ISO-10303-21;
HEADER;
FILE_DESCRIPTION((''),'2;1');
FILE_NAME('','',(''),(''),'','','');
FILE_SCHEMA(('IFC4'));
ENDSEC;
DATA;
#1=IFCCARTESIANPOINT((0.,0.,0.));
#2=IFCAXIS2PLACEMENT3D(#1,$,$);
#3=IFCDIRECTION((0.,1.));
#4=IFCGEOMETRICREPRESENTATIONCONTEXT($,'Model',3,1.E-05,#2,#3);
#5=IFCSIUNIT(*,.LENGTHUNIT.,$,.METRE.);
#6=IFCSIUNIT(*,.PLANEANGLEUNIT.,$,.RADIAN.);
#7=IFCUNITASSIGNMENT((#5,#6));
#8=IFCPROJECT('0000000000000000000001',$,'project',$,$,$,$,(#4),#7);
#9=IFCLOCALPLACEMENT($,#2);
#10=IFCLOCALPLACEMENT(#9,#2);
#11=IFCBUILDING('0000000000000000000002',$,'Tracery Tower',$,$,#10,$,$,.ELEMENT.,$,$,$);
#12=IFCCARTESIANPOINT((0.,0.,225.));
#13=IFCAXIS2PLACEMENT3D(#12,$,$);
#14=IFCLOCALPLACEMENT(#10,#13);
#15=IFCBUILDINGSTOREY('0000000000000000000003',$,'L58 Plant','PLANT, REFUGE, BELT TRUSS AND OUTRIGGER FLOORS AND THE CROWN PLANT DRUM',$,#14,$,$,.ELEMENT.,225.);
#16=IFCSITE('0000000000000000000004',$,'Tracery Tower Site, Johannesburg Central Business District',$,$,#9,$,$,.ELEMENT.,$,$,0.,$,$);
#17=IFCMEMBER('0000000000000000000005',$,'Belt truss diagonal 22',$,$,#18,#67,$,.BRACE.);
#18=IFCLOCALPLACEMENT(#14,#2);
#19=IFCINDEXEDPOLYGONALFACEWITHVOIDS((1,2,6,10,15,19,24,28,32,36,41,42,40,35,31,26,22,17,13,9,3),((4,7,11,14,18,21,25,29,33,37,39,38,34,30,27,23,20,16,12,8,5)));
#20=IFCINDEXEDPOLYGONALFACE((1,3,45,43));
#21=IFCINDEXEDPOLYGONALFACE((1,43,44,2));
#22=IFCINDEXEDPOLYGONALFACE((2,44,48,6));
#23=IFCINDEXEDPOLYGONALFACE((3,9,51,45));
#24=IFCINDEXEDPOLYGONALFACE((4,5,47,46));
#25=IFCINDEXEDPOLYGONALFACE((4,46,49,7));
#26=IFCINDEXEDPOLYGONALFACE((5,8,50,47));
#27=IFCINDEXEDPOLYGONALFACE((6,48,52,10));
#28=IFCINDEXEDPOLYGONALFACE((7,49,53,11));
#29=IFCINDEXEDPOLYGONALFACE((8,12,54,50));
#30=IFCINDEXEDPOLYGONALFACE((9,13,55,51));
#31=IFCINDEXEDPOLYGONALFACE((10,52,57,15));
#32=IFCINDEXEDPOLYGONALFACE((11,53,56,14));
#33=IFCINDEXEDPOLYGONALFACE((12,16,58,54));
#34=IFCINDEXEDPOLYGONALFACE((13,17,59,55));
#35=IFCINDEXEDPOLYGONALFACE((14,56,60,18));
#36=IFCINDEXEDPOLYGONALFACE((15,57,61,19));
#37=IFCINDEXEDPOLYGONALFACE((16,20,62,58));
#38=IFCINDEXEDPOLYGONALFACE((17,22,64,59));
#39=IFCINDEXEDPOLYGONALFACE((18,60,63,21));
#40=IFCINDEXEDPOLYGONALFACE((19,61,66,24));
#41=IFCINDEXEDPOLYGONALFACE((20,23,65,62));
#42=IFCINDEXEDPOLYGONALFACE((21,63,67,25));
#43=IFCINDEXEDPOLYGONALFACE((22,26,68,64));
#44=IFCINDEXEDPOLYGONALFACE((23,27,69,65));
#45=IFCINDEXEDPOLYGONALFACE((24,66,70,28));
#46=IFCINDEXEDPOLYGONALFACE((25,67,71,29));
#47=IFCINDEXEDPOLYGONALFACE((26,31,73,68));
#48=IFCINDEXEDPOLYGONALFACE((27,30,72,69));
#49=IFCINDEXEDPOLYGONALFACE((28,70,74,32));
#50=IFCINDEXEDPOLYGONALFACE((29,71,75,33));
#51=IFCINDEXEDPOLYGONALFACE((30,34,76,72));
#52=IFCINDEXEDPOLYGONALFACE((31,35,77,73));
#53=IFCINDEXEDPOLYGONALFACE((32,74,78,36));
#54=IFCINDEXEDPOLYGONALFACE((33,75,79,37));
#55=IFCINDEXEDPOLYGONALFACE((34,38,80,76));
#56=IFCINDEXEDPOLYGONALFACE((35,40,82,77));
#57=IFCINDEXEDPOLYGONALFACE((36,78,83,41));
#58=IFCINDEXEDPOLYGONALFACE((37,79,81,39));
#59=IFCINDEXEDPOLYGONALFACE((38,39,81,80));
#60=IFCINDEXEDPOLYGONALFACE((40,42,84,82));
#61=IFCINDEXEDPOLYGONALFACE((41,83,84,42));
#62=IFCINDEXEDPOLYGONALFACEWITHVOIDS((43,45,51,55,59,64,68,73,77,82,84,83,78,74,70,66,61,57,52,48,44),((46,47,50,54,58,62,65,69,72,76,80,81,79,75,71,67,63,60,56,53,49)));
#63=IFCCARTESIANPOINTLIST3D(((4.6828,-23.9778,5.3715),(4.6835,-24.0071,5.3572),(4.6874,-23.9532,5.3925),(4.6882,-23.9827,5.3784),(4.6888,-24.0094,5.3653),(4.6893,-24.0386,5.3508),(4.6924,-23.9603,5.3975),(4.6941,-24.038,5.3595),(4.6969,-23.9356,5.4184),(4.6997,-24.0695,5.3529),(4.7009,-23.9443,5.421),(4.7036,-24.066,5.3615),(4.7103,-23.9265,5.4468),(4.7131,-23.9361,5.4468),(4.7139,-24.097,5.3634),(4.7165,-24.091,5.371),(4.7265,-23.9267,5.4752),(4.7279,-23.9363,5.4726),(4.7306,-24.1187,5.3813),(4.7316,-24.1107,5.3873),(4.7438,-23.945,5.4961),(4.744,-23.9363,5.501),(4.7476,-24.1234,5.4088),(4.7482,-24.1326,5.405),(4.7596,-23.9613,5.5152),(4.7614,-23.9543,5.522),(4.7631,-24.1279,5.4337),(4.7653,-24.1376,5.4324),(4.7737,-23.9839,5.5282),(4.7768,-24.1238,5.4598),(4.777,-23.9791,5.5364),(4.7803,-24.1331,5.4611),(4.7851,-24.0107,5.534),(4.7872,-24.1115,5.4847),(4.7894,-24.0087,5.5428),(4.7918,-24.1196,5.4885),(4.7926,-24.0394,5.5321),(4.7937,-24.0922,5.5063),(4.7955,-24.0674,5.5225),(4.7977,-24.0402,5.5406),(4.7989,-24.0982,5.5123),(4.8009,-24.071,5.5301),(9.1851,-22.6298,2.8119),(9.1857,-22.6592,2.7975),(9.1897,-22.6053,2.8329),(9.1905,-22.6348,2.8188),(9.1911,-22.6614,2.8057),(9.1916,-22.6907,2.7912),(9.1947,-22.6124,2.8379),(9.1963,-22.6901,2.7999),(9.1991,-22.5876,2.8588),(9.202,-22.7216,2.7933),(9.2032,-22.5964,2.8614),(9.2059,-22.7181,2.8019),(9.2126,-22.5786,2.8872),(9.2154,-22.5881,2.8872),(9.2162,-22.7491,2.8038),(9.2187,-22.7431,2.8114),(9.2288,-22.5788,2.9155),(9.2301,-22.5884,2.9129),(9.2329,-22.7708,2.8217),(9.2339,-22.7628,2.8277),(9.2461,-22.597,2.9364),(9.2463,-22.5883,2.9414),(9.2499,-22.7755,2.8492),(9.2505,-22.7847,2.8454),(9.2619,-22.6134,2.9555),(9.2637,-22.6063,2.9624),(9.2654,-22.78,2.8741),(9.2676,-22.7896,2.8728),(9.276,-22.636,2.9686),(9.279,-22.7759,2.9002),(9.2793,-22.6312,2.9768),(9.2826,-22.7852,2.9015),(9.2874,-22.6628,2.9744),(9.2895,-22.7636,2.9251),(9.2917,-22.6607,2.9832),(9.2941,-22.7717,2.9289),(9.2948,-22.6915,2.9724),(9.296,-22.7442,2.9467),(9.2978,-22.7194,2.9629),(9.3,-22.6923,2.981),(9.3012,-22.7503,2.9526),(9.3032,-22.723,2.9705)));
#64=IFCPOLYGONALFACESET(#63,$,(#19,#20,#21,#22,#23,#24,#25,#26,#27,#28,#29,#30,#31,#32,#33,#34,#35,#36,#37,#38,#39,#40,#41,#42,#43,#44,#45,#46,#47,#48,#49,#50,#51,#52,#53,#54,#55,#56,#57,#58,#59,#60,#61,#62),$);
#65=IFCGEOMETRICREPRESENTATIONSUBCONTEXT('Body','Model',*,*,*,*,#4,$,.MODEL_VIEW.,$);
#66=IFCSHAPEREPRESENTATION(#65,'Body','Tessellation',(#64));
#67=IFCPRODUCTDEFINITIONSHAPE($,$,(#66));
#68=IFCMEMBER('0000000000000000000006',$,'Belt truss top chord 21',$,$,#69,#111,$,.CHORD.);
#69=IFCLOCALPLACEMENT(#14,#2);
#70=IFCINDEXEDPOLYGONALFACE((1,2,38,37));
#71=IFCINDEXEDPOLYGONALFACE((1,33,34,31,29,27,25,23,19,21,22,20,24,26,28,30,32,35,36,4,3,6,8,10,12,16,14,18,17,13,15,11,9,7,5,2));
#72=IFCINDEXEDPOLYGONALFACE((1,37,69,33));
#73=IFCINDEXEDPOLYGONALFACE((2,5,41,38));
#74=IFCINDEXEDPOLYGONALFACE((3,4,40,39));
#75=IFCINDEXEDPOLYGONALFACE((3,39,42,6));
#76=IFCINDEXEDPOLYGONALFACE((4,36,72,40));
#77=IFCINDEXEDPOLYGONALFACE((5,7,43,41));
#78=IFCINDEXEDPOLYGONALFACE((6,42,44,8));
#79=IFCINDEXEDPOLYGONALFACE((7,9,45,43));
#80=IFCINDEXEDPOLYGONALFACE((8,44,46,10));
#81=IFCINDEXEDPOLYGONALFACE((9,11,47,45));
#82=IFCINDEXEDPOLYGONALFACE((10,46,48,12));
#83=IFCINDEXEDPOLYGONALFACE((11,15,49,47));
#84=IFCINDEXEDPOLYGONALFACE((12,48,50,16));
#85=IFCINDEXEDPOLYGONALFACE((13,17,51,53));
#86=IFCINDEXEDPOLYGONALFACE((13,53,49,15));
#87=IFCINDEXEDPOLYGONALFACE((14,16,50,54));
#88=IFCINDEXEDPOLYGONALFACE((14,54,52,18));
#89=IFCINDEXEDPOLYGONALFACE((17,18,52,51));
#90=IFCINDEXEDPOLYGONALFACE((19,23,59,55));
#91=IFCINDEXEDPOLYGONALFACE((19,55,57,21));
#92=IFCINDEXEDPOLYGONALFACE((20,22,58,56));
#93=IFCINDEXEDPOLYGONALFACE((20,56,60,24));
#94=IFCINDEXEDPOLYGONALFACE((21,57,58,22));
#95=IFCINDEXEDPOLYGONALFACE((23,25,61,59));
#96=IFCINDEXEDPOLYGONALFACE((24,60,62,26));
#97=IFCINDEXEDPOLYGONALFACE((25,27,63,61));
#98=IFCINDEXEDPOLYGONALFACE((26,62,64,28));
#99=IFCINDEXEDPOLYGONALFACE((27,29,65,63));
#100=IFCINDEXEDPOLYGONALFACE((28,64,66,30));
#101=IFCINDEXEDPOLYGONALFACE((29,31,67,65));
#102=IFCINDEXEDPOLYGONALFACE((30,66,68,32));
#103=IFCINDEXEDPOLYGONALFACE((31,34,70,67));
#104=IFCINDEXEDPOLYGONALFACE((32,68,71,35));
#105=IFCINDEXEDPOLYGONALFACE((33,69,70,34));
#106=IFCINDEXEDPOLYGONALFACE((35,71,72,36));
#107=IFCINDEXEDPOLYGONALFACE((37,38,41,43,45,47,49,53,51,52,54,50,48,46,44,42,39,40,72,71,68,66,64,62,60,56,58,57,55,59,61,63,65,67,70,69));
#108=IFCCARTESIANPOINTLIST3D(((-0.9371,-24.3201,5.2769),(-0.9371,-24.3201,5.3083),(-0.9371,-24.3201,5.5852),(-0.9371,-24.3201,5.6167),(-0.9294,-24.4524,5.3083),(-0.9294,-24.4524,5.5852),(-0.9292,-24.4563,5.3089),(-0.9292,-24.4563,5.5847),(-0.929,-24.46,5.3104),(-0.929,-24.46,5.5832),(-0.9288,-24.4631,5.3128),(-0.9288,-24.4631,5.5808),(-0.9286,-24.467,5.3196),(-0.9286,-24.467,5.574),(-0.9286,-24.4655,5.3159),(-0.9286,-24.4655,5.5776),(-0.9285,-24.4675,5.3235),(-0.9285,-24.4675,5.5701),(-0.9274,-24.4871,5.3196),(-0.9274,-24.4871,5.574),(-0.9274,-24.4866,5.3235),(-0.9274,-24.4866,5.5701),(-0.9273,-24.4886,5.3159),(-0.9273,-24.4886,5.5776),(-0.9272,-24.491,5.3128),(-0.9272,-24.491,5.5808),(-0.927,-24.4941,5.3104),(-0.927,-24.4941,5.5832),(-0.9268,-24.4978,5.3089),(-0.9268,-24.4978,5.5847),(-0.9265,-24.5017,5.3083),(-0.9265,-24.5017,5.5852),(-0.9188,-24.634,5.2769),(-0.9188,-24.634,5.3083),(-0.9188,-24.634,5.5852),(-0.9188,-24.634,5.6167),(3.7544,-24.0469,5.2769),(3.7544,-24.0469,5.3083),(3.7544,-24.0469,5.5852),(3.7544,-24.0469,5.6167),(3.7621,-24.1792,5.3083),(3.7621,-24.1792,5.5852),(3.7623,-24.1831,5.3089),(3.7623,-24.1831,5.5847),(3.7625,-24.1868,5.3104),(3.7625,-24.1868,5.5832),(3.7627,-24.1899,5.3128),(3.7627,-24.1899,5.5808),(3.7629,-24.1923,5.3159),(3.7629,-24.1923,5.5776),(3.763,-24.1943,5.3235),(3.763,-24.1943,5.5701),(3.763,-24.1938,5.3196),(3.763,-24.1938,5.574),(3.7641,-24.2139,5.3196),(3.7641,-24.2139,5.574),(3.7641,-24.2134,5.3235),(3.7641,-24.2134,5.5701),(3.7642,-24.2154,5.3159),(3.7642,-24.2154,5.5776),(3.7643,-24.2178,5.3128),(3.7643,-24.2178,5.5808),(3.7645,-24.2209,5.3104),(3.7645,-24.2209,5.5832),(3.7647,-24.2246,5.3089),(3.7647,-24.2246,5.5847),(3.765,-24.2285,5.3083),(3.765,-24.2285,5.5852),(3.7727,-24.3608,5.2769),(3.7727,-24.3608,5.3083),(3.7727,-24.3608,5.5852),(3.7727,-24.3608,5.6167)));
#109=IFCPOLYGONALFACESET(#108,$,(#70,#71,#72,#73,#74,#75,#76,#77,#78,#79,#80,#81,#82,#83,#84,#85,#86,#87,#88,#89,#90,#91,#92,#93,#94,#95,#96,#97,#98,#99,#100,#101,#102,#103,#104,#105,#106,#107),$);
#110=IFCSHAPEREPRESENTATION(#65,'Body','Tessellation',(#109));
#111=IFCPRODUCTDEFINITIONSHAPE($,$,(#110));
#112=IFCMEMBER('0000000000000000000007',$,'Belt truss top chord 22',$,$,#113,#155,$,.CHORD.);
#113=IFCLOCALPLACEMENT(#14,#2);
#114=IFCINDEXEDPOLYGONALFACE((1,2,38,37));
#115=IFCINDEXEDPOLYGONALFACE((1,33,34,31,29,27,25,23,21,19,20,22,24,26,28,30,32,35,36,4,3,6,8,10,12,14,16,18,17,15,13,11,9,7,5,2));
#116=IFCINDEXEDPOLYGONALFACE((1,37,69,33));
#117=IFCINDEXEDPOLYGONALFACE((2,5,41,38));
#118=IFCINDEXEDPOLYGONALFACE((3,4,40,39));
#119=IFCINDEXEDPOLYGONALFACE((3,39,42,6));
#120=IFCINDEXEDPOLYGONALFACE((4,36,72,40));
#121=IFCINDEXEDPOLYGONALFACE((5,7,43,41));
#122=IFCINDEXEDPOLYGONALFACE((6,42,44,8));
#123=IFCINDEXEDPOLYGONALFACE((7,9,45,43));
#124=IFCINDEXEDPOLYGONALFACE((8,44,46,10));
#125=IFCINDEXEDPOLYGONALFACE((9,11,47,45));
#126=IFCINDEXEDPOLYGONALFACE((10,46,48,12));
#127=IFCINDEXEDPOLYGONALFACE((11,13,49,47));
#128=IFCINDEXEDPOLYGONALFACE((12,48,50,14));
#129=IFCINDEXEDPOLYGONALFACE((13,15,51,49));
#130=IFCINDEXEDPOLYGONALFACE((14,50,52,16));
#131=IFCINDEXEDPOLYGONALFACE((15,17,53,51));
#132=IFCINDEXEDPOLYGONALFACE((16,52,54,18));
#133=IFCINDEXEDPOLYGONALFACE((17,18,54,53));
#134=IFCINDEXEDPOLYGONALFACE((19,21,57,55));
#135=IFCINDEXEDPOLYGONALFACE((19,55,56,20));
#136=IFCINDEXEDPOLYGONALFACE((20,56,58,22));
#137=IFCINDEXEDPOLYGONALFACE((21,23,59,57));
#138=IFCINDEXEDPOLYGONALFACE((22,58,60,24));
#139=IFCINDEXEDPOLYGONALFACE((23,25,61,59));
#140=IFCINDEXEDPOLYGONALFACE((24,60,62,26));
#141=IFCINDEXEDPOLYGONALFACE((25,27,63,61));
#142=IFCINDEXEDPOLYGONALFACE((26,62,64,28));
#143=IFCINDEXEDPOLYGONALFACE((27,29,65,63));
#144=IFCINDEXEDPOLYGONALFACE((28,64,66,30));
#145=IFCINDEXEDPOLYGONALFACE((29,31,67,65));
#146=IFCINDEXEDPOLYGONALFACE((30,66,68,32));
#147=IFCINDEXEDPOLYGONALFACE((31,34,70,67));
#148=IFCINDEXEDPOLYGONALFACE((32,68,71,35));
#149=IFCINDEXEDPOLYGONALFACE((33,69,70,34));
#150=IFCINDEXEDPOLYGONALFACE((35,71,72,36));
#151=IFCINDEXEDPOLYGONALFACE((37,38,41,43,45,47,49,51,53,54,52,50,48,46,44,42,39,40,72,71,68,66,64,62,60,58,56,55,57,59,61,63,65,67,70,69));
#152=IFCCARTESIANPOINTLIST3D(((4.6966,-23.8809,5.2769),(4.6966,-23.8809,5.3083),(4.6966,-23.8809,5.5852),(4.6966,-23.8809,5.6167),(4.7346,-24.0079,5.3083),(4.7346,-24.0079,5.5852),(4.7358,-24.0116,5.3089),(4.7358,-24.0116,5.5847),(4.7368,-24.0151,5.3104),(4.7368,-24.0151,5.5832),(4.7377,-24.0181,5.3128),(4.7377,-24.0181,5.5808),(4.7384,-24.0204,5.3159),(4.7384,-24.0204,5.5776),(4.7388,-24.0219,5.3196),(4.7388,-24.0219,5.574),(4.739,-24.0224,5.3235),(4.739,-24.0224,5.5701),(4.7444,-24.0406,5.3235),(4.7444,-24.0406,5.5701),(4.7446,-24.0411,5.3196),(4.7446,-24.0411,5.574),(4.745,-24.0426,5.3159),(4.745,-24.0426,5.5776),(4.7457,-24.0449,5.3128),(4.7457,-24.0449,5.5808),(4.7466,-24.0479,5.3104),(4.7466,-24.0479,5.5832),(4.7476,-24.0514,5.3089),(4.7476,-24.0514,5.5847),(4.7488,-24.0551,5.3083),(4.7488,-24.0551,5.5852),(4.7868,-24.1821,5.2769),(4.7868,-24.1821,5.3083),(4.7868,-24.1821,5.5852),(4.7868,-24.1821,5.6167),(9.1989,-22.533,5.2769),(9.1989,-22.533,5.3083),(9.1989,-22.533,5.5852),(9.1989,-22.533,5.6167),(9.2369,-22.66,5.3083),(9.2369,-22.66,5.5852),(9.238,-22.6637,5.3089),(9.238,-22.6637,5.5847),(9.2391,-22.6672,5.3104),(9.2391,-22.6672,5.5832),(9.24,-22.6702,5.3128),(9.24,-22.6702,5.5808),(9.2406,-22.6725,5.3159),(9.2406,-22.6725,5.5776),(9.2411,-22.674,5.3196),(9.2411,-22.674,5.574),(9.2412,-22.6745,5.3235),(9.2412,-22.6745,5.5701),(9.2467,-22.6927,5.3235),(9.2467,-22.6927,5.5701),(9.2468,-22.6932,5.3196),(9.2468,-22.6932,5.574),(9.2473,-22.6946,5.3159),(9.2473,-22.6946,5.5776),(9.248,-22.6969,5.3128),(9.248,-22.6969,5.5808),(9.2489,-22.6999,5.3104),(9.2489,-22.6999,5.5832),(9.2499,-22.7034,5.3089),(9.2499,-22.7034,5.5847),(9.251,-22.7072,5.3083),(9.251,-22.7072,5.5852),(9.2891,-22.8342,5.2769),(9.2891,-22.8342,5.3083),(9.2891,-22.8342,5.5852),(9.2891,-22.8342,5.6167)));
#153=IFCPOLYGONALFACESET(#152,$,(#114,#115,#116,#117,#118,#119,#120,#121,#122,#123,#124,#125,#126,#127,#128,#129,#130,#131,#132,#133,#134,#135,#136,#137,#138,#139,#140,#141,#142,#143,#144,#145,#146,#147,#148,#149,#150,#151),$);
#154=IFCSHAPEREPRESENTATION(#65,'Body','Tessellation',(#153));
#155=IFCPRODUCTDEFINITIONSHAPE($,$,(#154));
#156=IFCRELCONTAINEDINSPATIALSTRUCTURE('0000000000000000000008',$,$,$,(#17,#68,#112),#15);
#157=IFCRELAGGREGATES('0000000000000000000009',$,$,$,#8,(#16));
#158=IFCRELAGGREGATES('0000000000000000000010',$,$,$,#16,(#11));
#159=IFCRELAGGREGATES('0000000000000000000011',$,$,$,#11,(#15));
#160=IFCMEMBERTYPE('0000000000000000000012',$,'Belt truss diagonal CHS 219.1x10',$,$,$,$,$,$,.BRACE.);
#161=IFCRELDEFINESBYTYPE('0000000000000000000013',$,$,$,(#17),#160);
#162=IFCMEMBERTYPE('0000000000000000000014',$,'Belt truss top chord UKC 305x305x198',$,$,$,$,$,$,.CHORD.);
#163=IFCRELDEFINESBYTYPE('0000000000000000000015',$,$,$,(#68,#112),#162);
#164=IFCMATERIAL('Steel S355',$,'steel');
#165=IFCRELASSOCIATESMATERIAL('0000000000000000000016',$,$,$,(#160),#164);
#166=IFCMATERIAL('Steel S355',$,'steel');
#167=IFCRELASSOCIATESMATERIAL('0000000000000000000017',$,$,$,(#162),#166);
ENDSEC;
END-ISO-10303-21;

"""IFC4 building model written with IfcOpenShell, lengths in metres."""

from ifc_helpers import new_model, si_unit, direction, frame, origin, origin_2d, place, context, subcontext, project, spatial, hollow_circle, i_section, extrude, material, material_profile, profile_set, type_object, element, save


model = new_model("IFC4")

# Units and contexts
model_context = context("Model", 3, precision=1e-05, world=origin(), true_north=direction((0.0, 1.0)))
body_context = subcontext(model_context, "Body", "Model", "MODEL_VIEW")
ifc_project = project(units=[si_unit("LENGTHUNIT", "METRE"), si_unit("PLANEANGLEUNIT", "RADIAN")], contexts=[model_context])

# Site, building, storey
site_placement = place(None, origin())
site = spatial("IfcSite", under=ifc_project, at=site_placement, Name="Tracery Tower Site, Johannesburg Central Business District", CompositionType="ELEMENT", RefElevation=0.0)
building_placement = place(site_placement, origin())
building = spatial("IfcBuilding", under=site, at=building_placement, Name="Tracery Tower", CompositionType="ELEMENT")
storey_placement = place(building_placement, frame((0.0, 0.0, 225.0)))
storey = spatial("IfcBuildingStorey", under=building, at=storey_placement, Name="L58 Plant", Description="PLANT, REFUGE, BELT TRUSS AND OUTRIGGER FLOORS AND THE CROWN PLANT DRUM", CompositionType="ELEMENT", Elevation=225.0)

# Members
ifc_material_1 = material(Name="Steel S355", Category="steel")
ifc_material_profile_1 = material_profile(ifc_material_1, hollow_circle(Radius=0.1096, WallThickness=0.01, at=origin_2d()), Name="CHS 219.1x10")
ifc_profile_set_1 = profile_set([ifc_material_profile_1], Name="Steel S355")
member_type_1 = type_object("IfcMemberType", Name="Belt truss diagonal CHS 219.1x10", PredefinedType="BRACE", material=ifc_profile_set_1)
member_1_placement = place(storey_placement, frame((4.7417, -24.0315, 5.4468), z_axis=(0.841304, 0.251876, -0.478295), x_axis=(-0.286809, 0.957988, 0.0)))
element("IfcMember", 1, at=member_1_placement, inside=storey, type_object=member_type_1, Name="Belt truss diagonal 22", PredefinedType="BRACE", context=body_context, shape_type="SweptSolid", body=[
    extrude(hollow_circle(Radius=0.1096, WallThickness=0.01, at=origin_2d()), origin(), (0.0, 0.0, 1.0), 5.3516),
])
ifc_material_2 = material(Name="Steel S355", Category="steel")
ifc_material_profile_2 = material_profile(ifc_material_2, i_section(OverallWidth=0.3145, OverallDepth=0.3398, WebThickness=0.019, FlangeThickness=0.0315, FilletRadius=0.0151, at=origin_2d()), Name="UKC 305x305x198")
ifc_profile_set_2 = profile_set([ifc_material_profile_2], Name="Steel S355")
member_type_2 = type_object("IfcMemberType", Name="Belt truss top chord UKC 305x305x198", PredefinedType="CHORD", material=ifc_profile_set_2)
member_2_placement = place(storey_placement, frame((-0.928, -24.4771, 5.4468), z_axis=(0.998309, 0.058134, 0.0), x_axis=(-0.058134, 0.998309, 0.0)))
element("IfcMember", 2, at=member_2_placement, inside=storey, type_object=member_type_2, Name="Belt truss top chord 21", PredefinedType="CHORD", context=body_context, shape_type="SweptSolid", body=[
    extrude(i_section(OverallWidth=0.3145, OverallDepth=0.3398, WebThickness=0.019, FlangeThickness=0.0315, FilletRadius=0.0151, at=origin_2d()), origin(), (0.0, 0.0, 1.0), 4.6995),
])
member_3_placement = place(storey_placement, frame((4.7417, -24.0315, 5.4468), z_axis=(0.957988, 0.286809, 0.0), x_axis=(-0.286809, 0.957988, 0.0)))
element("IfcMember", 3, at=member_3_placement, inside=storey, type_object=member_type_2, Name="Belt truss top chord 22", PredefinedType="CHORD", context=body_context, shape_type="SweptSolid", body=[
    extrude(i_section(OverallWidth=0.3145, OverallDepth=0.3398, WebThickness=0.019, FlangeThickness=0.0315, FilletRadius=0.0151, at=origin_2d()), origin(), (0.0, 0.0, 1.0), 4.6997),
])

save(model, "model.ifc")
